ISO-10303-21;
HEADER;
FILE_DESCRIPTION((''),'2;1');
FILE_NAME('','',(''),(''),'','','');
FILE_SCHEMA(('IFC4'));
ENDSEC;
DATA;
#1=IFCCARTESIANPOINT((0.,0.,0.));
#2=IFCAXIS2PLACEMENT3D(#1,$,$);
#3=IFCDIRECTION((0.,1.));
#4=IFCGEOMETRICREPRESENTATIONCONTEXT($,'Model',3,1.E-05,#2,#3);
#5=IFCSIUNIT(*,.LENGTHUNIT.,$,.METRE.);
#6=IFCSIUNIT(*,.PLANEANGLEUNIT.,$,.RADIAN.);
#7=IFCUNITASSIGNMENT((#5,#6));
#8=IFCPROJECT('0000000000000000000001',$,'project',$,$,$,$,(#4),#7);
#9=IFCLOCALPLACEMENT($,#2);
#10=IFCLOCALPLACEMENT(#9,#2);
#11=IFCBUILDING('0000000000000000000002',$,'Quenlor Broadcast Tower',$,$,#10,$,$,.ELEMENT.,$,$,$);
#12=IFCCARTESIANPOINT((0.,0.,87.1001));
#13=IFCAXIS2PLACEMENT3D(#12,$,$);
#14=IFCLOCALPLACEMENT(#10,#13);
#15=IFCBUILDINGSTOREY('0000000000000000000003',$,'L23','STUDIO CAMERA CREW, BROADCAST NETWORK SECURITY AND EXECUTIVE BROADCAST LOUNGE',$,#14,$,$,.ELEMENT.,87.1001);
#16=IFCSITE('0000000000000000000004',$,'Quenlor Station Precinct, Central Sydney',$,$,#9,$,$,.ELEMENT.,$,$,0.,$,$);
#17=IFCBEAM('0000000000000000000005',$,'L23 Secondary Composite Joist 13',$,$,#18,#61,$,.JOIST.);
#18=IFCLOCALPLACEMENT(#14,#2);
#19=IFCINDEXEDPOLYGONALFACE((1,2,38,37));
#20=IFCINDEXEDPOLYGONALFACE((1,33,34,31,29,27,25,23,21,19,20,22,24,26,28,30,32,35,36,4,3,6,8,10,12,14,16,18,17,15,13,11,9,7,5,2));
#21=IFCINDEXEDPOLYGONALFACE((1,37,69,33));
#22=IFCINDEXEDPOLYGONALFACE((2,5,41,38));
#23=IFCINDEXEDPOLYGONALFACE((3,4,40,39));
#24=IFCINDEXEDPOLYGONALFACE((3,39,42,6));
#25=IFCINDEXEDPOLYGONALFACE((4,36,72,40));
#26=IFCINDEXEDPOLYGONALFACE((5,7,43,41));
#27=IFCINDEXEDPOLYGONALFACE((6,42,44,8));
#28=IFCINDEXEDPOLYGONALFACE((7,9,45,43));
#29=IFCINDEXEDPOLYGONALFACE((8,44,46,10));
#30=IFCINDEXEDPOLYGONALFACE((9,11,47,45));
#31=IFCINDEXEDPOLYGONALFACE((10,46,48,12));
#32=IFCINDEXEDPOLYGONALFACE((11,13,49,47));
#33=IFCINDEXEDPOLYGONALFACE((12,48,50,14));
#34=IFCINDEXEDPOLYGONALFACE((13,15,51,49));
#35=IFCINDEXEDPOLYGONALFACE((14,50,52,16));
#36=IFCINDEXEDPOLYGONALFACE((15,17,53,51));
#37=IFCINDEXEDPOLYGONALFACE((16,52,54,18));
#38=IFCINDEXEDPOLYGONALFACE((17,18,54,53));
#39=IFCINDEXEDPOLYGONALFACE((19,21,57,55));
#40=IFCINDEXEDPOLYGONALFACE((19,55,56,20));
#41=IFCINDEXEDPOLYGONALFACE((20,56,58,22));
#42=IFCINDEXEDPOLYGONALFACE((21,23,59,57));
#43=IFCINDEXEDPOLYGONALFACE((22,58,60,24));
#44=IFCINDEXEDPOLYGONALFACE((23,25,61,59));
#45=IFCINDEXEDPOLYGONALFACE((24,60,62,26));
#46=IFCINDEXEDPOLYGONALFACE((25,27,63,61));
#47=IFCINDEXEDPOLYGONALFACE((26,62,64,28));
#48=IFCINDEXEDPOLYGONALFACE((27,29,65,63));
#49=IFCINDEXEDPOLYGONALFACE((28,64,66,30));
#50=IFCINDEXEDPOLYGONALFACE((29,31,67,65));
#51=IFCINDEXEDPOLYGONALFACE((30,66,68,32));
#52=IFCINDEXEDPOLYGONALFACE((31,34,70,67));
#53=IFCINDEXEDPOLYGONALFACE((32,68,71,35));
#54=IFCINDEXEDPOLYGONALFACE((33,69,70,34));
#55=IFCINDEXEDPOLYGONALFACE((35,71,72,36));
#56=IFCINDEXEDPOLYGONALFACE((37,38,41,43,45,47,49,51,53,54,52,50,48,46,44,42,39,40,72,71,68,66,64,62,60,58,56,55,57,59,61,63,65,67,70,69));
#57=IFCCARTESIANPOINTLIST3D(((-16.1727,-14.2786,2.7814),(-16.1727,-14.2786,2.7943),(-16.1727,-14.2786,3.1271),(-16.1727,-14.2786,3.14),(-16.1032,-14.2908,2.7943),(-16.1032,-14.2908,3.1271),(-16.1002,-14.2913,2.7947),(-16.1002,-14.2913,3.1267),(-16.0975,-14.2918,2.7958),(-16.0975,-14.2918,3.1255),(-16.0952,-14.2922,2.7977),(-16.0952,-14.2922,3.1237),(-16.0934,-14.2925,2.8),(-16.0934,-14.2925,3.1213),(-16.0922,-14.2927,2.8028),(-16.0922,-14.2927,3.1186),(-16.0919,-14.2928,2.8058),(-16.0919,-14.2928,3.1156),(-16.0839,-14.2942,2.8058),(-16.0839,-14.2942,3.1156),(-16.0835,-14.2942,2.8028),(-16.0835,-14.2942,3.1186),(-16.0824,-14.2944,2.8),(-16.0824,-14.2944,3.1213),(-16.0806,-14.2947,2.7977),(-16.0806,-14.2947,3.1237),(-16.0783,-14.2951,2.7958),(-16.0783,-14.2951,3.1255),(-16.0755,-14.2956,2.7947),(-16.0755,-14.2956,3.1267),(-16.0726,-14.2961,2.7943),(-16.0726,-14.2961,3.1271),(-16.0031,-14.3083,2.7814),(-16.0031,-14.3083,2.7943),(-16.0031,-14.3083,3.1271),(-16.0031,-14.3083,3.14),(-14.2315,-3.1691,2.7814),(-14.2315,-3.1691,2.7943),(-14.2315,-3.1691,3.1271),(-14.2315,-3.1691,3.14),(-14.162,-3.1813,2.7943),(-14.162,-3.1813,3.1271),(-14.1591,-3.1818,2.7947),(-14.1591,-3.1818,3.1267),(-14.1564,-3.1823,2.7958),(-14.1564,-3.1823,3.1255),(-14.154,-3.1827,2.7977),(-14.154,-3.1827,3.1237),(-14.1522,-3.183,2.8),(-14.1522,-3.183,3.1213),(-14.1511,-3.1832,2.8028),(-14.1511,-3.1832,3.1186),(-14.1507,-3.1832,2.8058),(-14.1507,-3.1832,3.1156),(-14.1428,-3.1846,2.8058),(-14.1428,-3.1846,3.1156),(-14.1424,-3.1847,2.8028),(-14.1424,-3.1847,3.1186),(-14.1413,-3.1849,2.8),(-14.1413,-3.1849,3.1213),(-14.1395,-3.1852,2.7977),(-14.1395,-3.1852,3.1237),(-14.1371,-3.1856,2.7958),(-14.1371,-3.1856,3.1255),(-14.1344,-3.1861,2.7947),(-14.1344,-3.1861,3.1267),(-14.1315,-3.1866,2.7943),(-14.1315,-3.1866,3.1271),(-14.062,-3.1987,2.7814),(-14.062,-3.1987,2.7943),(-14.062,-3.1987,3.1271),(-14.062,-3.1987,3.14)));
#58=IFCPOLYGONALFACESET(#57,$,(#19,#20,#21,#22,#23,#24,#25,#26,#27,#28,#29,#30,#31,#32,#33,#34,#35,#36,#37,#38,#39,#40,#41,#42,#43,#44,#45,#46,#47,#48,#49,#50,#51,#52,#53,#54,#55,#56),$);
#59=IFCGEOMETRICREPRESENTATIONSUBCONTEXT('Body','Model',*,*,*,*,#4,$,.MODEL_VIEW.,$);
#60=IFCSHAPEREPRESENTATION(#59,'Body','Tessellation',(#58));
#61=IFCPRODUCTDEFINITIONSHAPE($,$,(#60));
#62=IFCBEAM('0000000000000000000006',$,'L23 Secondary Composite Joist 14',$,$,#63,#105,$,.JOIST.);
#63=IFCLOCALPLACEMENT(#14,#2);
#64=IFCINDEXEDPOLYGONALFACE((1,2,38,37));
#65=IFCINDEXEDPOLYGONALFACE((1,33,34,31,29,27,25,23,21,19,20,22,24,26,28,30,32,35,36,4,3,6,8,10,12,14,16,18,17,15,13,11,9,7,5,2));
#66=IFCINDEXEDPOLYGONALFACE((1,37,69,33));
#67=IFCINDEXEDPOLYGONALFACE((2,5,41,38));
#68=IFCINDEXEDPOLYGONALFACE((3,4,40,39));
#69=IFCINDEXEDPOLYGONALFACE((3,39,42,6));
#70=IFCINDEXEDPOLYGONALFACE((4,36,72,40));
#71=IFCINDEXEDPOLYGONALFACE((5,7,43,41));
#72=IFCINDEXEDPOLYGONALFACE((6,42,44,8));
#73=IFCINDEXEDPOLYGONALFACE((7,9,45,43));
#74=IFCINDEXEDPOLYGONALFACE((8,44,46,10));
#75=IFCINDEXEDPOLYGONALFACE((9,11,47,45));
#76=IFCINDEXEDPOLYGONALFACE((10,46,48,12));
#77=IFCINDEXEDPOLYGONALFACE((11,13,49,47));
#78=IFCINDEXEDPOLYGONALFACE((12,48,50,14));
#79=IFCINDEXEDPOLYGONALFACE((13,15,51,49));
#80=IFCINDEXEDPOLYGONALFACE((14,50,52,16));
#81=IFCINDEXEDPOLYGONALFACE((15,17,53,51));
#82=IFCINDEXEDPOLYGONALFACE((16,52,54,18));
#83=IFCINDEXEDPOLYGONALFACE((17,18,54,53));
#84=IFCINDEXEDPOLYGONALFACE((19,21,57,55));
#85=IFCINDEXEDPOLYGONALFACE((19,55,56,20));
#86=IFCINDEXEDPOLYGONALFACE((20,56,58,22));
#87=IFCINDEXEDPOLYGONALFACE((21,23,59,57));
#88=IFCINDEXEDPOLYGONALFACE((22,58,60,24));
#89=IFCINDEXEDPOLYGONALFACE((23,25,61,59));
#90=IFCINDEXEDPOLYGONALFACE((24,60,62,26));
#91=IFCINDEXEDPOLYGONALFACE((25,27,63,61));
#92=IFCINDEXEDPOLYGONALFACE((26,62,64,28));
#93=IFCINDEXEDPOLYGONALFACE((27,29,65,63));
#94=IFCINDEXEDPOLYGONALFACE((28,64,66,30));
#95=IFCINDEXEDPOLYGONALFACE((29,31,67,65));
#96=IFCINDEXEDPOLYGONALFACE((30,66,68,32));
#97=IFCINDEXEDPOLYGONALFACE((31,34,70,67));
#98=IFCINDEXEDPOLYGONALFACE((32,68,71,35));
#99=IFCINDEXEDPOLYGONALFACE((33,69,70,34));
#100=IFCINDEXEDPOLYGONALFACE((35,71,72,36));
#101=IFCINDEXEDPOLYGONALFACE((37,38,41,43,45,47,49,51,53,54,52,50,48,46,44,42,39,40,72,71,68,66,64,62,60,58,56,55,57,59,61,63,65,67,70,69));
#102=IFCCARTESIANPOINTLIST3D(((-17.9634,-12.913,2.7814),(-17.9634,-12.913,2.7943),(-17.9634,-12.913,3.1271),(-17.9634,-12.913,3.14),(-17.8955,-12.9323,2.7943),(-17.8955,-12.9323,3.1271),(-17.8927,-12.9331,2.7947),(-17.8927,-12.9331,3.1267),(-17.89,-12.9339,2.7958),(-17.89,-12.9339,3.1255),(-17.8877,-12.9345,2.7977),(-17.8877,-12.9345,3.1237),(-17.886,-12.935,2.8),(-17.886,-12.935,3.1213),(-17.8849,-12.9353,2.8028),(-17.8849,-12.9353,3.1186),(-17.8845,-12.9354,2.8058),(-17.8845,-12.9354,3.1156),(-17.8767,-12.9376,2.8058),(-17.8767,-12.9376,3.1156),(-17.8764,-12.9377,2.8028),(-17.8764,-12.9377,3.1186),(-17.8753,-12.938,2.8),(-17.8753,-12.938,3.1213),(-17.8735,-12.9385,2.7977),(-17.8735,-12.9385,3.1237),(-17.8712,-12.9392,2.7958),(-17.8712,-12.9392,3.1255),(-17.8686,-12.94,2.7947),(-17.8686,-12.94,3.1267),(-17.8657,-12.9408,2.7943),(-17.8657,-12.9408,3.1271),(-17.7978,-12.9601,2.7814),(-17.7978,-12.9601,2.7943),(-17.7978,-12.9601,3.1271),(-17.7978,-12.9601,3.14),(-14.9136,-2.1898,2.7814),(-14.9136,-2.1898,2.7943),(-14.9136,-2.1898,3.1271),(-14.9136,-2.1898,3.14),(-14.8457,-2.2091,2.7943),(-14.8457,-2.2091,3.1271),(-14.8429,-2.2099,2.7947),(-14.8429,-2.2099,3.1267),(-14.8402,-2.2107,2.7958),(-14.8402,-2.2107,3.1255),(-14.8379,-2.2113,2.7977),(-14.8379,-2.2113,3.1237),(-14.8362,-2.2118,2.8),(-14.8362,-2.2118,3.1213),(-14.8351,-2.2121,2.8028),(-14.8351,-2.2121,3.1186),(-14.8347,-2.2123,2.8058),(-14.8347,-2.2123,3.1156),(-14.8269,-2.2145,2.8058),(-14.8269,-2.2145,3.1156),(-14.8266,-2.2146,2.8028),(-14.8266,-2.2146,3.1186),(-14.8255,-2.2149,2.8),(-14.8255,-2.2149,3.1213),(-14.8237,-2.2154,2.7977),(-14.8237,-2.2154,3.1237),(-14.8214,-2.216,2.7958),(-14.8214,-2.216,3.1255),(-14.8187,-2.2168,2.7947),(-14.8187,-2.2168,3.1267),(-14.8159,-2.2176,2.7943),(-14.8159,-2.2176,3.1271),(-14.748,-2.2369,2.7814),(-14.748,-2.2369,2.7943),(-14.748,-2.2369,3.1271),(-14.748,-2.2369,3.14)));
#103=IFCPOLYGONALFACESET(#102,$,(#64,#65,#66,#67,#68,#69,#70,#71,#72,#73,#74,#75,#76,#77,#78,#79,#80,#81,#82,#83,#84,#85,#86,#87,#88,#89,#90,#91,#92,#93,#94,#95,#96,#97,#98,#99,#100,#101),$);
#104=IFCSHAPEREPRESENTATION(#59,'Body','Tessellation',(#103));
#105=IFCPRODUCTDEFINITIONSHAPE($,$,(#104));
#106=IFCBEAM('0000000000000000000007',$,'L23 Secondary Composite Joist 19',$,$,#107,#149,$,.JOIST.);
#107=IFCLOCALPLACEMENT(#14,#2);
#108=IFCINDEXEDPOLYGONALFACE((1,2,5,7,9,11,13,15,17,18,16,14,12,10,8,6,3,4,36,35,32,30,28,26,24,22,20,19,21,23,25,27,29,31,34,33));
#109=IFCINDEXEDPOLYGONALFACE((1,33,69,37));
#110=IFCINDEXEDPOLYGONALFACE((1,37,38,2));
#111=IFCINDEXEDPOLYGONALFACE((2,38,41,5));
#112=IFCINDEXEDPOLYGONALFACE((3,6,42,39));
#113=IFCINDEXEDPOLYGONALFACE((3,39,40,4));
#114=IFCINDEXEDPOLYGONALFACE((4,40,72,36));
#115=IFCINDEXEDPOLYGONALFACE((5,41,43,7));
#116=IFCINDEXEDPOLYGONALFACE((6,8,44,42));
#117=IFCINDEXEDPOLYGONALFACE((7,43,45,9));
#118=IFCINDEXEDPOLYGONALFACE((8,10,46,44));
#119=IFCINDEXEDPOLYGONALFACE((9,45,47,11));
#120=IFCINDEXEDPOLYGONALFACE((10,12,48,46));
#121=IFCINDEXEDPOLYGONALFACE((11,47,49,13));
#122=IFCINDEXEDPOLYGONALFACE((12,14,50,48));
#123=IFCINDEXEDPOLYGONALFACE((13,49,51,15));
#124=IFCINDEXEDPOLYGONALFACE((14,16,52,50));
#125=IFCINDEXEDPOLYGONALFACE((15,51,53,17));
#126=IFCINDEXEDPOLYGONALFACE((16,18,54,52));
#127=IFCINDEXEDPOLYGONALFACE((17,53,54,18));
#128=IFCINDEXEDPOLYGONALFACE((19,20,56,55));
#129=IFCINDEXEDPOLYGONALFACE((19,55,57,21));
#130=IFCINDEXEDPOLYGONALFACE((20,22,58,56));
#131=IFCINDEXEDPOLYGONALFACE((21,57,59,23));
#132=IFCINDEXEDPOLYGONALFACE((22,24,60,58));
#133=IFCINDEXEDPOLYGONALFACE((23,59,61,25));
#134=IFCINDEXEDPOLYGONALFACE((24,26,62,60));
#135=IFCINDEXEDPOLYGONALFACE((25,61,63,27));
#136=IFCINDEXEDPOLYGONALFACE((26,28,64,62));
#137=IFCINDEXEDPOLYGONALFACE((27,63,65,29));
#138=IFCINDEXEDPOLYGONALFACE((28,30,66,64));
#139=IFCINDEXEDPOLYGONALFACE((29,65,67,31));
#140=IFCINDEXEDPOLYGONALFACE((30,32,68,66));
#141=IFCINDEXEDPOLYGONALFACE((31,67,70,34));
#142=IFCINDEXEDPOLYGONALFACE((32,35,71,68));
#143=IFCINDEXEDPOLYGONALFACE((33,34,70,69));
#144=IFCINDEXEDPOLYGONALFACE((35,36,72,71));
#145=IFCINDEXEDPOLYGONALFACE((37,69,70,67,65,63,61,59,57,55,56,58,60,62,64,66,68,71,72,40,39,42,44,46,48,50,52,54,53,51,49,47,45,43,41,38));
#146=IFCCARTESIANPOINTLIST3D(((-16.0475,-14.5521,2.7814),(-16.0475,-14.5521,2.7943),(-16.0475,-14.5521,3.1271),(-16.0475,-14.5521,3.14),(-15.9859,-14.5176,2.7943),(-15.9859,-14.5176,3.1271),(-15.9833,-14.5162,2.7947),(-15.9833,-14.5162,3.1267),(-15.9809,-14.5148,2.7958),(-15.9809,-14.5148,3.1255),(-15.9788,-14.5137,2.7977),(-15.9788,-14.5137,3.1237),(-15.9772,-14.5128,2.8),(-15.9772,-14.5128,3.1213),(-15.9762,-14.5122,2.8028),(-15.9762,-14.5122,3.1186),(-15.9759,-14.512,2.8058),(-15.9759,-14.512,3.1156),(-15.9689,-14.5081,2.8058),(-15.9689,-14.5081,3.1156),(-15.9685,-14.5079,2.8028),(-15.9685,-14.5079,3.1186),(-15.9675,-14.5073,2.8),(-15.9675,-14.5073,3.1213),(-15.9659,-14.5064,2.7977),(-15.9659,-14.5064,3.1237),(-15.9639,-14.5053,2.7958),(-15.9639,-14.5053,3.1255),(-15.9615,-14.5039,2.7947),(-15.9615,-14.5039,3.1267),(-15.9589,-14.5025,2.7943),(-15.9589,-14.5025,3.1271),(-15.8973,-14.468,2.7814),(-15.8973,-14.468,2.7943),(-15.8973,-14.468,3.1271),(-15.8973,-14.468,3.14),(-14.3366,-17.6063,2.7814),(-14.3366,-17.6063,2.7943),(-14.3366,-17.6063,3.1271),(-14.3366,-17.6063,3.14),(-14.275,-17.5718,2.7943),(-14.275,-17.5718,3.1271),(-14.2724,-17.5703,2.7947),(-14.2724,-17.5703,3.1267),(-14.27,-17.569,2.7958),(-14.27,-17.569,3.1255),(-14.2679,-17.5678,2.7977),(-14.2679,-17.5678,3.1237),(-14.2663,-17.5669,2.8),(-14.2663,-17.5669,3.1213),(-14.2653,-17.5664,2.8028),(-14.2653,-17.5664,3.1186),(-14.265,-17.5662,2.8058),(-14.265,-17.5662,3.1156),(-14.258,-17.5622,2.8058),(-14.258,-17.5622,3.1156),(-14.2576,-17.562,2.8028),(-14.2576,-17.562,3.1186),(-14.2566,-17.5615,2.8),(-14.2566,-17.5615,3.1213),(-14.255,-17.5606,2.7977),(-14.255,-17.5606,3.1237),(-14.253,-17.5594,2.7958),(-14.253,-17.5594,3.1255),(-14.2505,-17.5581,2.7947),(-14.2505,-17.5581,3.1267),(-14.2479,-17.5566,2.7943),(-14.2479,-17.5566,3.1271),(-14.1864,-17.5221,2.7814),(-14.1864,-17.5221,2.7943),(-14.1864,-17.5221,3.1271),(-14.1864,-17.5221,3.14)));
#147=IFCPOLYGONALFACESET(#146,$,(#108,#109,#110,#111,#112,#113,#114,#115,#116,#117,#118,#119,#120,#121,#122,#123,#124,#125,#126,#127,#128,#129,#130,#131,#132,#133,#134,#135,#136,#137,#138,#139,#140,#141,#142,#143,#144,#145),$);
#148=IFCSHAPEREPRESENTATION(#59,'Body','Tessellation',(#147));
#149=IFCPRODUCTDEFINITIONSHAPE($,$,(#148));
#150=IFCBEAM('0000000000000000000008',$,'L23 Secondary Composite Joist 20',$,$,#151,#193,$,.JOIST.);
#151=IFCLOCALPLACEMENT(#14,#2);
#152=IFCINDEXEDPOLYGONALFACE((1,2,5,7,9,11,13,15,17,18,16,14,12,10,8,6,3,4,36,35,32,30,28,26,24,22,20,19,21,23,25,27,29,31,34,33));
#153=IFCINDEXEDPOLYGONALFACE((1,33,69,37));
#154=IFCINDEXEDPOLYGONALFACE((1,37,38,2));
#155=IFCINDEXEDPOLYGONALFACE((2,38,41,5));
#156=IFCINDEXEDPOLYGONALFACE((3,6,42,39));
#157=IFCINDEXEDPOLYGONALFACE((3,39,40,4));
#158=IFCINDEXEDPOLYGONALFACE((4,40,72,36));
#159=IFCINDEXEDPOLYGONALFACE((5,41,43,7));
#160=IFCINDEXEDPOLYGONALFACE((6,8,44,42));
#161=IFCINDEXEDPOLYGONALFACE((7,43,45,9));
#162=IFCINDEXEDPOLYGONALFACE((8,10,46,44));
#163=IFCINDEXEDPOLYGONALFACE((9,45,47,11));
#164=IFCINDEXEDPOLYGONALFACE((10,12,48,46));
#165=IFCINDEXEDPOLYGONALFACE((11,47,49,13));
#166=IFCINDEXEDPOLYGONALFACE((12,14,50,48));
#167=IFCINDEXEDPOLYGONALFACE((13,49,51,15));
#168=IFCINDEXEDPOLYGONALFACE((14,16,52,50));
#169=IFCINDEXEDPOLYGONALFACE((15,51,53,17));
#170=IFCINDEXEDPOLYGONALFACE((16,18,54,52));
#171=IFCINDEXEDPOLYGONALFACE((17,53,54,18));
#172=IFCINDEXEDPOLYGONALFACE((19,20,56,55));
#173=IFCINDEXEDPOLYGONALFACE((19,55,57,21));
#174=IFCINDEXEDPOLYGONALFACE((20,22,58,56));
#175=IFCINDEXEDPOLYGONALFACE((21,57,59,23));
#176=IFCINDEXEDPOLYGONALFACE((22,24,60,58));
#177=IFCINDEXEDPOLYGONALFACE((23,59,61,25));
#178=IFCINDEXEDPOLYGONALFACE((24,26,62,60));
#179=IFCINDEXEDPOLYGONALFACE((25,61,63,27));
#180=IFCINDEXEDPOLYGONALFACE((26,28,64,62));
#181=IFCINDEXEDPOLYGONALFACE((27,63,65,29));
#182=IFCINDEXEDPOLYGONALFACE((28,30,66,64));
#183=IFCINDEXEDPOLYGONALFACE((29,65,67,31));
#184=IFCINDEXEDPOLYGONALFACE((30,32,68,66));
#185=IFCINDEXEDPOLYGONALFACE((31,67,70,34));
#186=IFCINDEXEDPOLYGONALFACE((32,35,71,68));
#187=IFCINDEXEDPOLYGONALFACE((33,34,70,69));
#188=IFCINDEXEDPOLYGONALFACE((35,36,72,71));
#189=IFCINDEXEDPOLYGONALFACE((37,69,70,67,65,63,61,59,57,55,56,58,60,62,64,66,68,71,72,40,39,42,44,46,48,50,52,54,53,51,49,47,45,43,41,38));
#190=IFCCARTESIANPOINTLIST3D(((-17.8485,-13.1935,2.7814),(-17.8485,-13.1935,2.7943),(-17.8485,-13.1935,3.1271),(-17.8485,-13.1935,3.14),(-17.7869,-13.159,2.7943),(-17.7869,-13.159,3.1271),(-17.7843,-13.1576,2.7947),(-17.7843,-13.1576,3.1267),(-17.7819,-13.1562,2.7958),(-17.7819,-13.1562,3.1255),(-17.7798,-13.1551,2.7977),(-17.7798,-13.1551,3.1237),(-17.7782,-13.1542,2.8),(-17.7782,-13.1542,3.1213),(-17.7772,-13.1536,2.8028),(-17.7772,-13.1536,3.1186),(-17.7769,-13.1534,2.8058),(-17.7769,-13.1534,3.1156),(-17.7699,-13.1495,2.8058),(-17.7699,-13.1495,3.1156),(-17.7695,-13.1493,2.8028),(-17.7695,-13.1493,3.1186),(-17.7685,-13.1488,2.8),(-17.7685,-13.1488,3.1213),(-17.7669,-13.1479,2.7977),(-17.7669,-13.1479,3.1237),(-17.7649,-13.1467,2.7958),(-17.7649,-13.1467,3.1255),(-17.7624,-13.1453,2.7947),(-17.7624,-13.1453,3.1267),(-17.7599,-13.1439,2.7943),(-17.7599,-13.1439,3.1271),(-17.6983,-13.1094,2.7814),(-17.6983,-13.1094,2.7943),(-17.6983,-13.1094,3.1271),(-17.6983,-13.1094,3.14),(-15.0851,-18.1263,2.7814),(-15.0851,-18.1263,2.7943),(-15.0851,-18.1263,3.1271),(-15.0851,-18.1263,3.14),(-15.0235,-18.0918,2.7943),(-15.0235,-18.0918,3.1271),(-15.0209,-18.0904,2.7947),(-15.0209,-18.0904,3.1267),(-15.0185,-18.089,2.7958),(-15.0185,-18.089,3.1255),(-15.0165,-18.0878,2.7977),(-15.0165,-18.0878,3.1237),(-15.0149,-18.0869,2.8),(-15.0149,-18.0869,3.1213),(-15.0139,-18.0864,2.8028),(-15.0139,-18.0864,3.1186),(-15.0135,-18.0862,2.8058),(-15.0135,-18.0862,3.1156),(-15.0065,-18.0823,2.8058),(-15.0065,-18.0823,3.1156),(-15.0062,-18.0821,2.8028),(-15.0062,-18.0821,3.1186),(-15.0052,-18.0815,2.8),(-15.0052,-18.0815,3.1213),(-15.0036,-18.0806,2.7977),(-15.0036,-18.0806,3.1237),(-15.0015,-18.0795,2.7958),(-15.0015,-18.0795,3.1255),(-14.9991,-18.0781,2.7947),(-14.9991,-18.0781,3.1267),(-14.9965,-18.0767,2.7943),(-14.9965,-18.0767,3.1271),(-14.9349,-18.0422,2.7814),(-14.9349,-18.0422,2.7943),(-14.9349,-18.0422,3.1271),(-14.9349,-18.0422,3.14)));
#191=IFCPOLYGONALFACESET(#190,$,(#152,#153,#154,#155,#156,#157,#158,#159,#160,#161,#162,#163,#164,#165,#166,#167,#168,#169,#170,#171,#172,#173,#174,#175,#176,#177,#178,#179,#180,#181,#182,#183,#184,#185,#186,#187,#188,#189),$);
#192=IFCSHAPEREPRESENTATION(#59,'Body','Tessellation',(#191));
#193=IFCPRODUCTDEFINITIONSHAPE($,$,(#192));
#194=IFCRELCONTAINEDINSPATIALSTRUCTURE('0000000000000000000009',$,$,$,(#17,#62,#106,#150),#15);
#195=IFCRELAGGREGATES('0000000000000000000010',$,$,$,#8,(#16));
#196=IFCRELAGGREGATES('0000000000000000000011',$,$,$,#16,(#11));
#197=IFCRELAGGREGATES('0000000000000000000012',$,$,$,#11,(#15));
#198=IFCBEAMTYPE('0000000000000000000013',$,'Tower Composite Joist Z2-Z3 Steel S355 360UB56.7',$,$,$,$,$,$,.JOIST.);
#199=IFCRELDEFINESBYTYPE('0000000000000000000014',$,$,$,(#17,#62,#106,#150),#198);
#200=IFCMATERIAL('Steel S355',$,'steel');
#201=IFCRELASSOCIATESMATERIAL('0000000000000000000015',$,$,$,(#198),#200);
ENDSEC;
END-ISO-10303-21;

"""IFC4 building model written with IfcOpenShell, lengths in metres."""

from ifc_helpers import new_model, si_unit, direction, frame, origin, origin_2d, place, context, subcontext, project, spatial, i_section, extrude, material, material_profile, profile_set, type_object, element, save


model = new_model("IFC4")

# Units and contexts
model_context = context("Model", 3, precision=1e-05, world=origin(), true_north=direction((0.0, 1.0)))
body_context = subcontext(model_context, "Body", "Model", "MODEL_VIEW")
ifc_project = project(units=[si_unit("LENGTHUNIT", "METRE"), si_unit("PLANEANGLEUNIT", "RADIAN")], contexts=[model_context])

# Site, building, storey
site_placement = place(None, origin())
site = spatial("IfcSite", under=ifc_project, at=site_placement, Name="Quenlor Station Precinct, Central Sydney", CompositionType="ELEMENT", RefElevation=0.0)
building_placement = place(site_placement, origin())
building = spatial("IfcBuilding", under=site, at=building_placement, Name="Quenlor Broadcast Tower", CompositionType="ELEMENT")
storey_placement = place(building_placement, frame((0.0, 0.0, 87.1001)))
storey = spatial("IfcBuildingStorey", under=building, at=storey_placement, Name="L23", Description="STUDIO CAMERA CREW, BROADCAST NETWORK SECURITY AND EXECUTIVE BROADCAST LOUNGE", CompositionType="ELEMENT", Elevation=87.1001)

# Beams
ifc_material_1 = material(Name="Steel S355", Category="steel")
ifc_material_profile_1 = material_profile(ifc_material_1, i_section(OverallWidth=0.1721, OverallDepth=0.3586, WebThickness=0.0081, FlangeThickness=0.0129, FilletRadius=0.0115, at=origin_2d()))
ifc_profile_set_1 = profile_set([ifc_material_profile_1], Name="Steel S355 360UB56.7")
beam_type_1 = type_object("IfcBeamType", Name="Tower Composite Joist Z2-Z3 Steel S355 360UB56.7", PredefinedType="JOIST", material=ifc_profile_set_1)
beam_1_placement = place(storey_placement, frame((-16.0879, -14.2935, 2.9607), z_axis=(0.17212, 0.985076, 0.0), x_axis=(-0.985076, 0.17212, 0.0)))
element("IfcBeam", 1, at=beam_1_placement, inside=storey, type_object=beam_type_1, Name="L23 Secondary Composite Joist 13", PredefinedType="JOIST", context=body_context, shape_type="SweptSolid", body=[
    extrude(i_section(OverallWidth=0.1721, OverallDepth=0.3586, WebThickness=0.0081, FlangeThickness=0.0129, FilletRadius=0.0115, at=origin_2d()), origin(), (0.0, 0.0, 1.0), 11.2778),
])
beam_2_placement = place(storey_placement, frame((-17.8806, -12.9365, 2.9607), z_axis=(0.273564, 0.961854, 0.0), x_axis=(-0.961854, 0.273564, 0.0)))
element("IfcBeam", 2, at=beam_2_placement, inside=storey, type_object=beam_type_1, Name="L23 Secondary Composite Joist 14", PredefinedType="JOIST", context=body_context, shape_type="SweptSolid", body=[
    extrude(i_section(OverallWidth=0.1721, OverallDepth=0.3586, WebThickness=0.0081, FlangeThickness=0.0129, FilletRadius=0.0115, at=origin_2d()), origin(), (0.0, 0.0, 1.0), 11.1484),
])
beam_3_placement = place(storey_placement, frame((-14.2615, -17.5642, 2.9607), z_axis=(-0.488731, 0.872435, 0.0), x_axis=(-0.872435, -0.488731, 0.0)))
element("IfcBeam", 3, at=beam_3_placement, inside=storey, type_object=beam_type_1, Name="L23 Secondary Composite Joist 19", PredefinedType="JOIST", context=body_context, shape_type="SweptSolid", body=[
    extrude(i_section(OverallWidth=0.1721, OverallDepth=0.3586, WebThickness=0.0081, FlangeThickness=0.0129, FilletRadius=0.0115, at=origin_2d()), origin(), (0.0, 0.0, 1.0), 3.5007),
])
beam_4_placement = place(storey_placement, frame((-15.01, -18.0842, 2.9607), z_axis=(-0.488741, 0.872429, 0.0), x_axis=(-0.872429, -0.488741, 0.0)))
element("IfcBeam", 4, at=beam_4_placement, inside=storey, type_object=beam_type_1, Name="L23 Secondary Composite Joist 20", PredefinedType="JOIST", context=body_context, shape_type="SweptSolid", body=[
    extrude(i_section(OverallWidth=0.1721, OverallDepth=0.3586, WebThickness=0.0081, FlangeThickness=0.0129, FilletRadius=0.0115, at=origin_2d()), origin(), (0.0, 0.0, 1.0), 5.6541),
])

save(model, "model.ifc")
